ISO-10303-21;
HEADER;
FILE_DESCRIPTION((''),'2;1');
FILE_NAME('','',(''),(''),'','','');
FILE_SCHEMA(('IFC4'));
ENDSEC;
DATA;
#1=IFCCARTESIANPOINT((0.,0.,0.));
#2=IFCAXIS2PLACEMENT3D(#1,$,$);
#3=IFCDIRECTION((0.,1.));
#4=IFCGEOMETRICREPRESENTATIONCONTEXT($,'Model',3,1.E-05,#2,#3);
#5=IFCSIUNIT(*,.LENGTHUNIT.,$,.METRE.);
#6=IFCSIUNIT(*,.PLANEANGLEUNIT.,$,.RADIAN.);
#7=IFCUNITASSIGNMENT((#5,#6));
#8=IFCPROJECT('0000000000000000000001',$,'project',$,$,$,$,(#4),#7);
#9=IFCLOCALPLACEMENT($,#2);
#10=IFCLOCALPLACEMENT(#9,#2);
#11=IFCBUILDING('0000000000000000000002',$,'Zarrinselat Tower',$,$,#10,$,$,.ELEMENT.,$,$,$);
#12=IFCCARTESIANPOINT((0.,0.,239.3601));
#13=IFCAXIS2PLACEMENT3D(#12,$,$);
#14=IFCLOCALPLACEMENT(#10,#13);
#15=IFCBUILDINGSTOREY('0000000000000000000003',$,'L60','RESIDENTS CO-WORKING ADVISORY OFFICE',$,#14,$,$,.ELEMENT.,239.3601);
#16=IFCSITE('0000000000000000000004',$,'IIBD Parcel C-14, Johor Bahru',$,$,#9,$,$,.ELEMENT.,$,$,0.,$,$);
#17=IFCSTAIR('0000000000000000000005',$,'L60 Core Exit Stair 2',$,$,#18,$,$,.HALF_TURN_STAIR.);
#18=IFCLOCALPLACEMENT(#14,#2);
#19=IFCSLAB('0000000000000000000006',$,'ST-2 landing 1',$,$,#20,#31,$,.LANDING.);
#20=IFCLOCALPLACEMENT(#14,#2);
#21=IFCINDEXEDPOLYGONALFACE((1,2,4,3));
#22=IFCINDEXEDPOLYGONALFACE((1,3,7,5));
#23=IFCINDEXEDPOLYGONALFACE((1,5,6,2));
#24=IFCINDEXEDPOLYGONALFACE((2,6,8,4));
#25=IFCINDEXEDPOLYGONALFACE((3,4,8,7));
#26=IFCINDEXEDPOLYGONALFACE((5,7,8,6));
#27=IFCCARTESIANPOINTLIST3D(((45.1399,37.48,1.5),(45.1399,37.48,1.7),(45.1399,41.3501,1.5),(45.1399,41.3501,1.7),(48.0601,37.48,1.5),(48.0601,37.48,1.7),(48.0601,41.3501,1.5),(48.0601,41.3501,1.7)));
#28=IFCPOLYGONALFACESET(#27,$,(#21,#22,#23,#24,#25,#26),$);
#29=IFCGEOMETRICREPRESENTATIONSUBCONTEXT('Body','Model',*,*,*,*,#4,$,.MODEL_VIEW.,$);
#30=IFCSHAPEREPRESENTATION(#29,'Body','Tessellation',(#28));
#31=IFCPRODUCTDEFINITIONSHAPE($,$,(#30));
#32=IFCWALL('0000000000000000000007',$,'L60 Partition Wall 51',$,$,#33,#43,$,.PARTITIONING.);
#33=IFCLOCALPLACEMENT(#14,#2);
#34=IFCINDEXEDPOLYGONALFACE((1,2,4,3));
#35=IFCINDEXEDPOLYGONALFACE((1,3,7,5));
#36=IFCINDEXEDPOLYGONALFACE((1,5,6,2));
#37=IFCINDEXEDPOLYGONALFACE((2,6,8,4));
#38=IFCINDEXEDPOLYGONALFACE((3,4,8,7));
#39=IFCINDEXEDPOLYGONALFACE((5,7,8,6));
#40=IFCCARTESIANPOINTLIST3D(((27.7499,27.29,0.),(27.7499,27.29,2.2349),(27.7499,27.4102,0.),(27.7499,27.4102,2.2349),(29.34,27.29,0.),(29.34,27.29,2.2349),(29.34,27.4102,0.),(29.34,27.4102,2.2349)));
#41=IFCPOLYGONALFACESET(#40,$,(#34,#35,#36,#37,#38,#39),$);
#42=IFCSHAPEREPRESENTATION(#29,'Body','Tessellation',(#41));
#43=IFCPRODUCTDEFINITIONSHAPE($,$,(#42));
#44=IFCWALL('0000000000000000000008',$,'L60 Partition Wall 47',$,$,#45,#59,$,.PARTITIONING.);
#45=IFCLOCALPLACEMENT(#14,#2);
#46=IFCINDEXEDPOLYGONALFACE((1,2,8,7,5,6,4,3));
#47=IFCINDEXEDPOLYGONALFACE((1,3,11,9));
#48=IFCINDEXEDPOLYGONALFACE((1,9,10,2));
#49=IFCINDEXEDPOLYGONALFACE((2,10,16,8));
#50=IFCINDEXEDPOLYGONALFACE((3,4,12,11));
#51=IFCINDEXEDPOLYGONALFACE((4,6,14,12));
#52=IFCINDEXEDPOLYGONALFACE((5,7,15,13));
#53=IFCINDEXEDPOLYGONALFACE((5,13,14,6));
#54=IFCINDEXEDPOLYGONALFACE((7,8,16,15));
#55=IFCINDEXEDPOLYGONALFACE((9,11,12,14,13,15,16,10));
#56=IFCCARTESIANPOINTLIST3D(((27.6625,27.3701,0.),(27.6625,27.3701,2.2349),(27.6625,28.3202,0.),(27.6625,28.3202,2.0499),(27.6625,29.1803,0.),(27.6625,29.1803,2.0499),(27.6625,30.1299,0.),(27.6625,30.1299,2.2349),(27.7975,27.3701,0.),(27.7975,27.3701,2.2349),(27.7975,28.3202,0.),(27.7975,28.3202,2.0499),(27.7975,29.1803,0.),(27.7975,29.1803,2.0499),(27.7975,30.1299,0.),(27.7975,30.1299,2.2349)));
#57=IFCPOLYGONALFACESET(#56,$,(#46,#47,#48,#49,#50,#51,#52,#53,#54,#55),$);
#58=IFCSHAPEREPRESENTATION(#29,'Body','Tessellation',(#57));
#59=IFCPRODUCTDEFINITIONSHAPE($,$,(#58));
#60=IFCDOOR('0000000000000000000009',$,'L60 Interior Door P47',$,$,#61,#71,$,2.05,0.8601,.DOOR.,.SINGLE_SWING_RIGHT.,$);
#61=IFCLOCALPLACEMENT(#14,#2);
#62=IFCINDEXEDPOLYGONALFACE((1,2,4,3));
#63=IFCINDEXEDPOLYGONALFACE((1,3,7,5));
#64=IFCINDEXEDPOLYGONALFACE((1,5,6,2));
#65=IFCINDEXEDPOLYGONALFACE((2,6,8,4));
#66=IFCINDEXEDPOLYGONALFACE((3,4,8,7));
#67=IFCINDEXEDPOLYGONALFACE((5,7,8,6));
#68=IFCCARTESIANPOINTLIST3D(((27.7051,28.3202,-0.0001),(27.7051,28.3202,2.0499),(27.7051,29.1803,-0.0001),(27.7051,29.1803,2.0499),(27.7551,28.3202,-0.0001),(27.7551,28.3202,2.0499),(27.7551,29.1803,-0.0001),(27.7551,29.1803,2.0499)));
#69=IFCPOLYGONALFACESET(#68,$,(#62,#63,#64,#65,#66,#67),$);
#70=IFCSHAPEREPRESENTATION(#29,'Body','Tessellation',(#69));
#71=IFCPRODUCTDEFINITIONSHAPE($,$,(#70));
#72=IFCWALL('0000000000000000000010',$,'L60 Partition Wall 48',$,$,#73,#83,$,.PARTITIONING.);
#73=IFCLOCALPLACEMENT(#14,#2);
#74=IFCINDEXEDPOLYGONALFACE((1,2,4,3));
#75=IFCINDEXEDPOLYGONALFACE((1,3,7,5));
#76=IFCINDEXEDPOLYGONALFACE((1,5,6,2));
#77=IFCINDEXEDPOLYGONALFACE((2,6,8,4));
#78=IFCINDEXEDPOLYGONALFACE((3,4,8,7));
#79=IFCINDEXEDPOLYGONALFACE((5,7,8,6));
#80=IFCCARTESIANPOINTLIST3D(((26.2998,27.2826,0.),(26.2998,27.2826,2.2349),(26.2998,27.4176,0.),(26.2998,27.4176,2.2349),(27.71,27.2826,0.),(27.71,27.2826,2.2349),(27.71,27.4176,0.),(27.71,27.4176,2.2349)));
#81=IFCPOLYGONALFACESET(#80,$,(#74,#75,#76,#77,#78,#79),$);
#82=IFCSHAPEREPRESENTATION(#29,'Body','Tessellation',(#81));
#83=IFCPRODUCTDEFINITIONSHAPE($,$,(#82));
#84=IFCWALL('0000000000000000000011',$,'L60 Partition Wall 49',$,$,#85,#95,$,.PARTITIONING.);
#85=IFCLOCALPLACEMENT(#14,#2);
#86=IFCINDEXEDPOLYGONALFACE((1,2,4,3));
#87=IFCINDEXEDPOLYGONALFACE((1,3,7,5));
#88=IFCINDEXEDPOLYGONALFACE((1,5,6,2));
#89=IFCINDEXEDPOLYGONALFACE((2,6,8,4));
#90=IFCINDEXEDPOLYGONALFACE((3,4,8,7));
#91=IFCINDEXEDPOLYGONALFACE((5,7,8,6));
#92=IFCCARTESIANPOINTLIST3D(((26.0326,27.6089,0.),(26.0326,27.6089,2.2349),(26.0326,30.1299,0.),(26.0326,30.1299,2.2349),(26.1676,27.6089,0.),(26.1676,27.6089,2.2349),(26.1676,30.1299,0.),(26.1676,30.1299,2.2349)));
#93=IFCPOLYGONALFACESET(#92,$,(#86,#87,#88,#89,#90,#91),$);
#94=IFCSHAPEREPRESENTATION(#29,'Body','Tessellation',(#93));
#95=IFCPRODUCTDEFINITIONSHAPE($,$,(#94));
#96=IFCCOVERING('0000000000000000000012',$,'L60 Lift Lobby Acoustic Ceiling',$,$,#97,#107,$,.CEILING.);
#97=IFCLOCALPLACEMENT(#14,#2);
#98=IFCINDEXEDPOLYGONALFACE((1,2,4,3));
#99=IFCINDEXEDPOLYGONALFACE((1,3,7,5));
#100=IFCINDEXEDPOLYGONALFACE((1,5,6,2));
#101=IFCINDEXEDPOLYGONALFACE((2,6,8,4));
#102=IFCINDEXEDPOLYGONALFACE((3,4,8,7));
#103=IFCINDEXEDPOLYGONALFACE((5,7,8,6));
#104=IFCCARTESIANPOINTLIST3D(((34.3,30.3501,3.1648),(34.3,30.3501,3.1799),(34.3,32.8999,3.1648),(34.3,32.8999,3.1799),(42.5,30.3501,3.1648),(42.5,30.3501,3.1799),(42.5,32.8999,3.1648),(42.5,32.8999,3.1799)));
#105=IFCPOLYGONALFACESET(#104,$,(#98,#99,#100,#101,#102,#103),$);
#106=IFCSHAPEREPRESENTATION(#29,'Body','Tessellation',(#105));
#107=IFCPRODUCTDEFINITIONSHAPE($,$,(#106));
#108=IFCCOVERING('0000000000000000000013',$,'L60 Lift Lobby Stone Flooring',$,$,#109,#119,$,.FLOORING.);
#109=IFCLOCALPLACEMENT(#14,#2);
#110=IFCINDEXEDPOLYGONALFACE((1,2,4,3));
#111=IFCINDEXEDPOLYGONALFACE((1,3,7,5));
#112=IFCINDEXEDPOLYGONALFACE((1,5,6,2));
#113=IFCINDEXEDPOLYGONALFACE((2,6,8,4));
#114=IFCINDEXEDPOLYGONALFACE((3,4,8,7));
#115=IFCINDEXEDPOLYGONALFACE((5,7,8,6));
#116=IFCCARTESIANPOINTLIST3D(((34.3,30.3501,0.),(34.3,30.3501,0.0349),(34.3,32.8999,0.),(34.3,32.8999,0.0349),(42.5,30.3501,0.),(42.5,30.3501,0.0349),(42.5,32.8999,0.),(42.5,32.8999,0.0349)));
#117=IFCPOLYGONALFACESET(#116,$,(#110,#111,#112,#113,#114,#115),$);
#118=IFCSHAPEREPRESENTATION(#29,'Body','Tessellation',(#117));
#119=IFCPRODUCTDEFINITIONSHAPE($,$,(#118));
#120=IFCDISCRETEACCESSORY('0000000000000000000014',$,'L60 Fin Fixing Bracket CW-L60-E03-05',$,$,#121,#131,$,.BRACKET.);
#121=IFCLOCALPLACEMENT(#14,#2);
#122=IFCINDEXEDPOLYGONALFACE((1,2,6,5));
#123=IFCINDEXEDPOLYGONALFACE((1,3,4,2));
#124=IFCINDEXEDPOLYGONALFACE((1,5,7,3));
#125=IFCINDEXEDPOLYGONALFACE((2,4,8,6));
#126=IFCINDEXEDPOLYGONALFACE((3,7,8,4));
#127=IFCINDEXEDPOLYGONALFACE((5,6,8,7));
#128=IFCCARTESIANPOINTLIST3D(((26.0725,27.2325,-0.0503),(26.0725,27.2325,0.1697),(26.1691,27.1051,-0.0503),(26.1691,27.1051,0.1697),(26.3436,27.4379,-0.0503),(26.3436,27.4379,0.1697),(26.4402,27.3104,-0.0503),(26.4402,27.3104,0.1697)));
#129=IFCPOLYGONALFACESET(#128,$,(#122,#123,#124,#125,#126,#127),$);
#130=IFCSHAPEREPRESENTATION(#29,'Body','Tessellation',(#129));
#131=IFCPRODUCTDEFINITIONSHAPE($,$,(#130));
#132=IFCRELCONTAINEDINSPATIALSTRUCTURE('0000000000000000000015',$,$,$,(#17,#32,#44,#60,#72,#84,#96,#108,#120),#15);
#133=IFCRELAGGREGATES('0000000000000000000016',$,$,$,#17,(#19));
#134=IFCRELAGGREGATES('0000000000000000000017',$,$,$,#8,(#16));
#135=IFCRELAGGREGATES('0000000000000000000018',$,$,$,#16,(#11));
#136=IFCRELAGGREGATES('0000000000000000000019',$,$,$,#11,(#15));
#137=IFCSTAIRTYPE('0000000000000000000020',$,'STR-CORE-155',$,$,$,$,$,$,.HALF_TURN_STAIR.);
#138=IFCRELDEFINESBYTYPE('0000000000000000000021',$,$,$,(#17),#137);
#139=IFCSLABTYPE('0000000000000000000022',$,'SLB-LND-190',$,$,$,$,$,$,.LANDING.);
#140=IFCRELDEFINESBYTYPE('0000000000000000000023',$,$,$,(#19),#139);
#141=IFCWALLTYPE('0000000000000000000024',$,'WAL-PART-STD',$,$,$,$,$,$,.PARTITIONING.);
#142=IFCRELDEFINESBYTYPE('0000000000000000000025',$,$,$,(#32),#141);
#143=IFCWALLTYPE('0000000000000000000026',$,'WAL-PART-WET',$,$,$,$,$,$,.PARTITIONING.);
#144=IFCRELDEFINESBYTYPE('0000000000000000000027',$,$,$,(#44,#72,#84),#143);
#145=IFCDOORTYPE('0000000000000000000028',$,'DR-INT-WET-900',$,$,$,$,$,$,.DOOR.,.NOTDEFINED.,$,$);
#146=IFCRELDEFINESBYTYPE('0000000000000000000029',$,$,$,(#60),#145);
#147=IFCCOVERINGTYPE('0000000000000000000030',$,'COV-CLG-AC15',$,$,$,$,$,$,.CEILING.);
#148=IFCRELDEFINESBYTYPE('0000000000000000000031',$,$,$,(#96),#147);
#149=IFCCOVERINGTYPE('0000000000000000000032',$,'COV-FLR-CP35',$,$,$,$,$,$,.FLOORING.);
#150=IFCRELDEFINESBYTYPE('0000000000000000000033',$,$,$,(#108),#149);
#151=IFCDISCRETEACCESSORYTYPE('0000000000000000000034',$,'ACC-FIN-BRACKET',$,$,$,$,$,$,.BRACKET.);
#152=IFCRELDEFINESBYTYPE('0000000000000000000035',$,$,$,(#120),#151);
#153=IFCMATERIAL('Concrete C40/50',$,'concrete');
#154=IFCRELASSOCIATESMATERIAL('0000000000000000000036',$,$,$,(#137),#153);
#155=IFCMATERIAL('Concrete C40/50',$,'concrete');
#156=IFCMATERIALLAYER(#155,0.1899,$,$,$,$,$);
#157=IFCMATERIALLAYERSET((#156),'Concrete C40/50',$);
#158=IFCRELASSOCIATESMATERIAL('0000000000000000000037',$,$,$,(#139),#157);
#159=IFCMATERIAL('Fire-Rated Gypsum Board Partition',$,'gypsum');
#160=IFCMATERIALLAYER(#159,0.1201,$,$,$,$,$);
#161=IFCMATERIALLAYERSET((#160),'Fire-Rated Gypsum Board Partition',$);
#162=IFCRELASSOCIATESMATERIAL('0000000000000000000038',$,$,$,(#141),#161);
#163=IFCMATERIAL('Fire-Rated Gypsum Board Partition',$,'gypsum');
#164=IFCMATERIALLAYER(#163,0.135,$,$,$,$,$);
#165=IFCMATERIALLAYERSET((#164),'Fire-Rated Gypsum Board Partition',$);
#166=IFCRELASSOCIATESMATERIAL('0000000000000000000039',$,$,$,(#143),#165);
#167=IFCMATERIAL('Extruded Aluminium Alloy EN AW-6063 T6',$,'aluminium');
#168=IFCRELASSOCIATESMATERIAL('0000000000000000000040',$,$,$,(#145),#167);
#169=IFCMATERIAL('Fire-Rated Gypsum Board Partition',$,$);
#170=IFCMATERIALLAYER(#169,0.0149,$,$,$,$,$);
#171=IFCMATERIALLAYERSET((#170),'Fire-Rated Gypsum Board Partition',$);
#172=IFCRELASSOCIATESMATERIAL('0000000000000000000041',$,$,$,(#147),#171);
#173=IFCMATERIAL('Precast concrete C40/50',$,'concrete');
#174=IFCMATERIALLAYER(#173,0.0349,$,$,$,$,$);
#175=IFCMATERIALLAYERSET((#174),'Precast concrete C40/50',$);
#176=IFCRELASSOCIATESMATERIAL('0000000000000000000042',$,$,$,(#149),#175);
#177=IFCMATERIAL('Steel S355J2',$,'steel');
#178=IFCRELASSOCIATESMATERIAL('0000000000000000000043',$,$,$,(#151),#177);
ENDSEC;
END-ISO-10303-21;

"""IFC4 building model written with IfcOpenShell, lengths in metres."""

from ifc_helpers import new_model, si_unit, direction, frame, frame_2d, origin, origin_2d, place, context, subcontext, project, spatial, polyline, rectangle, outline, extrude, material, layer, layer_set, type_object, element, fill, aggregate, save


model = new_model("IFC4")

# Units and contexts
model_context = context("Model", 3, precision=1e-05, world=origin(), true_north=direction((0.0, 1.0)))
body_context = subcontext(model_context, "Body", "Model", "MODEL_VIEW")
ifc_project = project(units=[si_unit("LENGTHUNIT", "METRE"), si_unit("PLANEANGLEUNIT", "RADIAN")], contexts=[model_context])

# Site, building, storey
site_placement = place(None, origin())
site = spatial("IfcSite", under=ifc_project, at=site_placement, Name="IIBD Parcel C-14, Johor Bahru", CompositionType="ELEMENT", RefElevation=0.0)
building_placement = place(site_placement, origin())
building = spatial("IfcBuilding", under=site, at=building_placement, Name="Zarrinselat Tower", CompositionType="ELEMENT")
storey_placement = place(building_placement, frame((0.0, 0.0, 239.3601)))
storey = spatial("IfcBuildingStorey", under=building, at=storey_placement, Name="L60", Description="RESIDENTS CO-WORKING ADVISORY OFFICE", CompositionType="ELEMENT", Elevation=239.3601)

# Stair, slab
ifc_material_1 = material(Name="Concrete C40/50", Category="concrete")
stair_type = type_object("IfcStairType", Name="STR-CORE-155", PredefinedType="HALF_TURN_STAIR", material=ifc_material_1)
ifc_material_2 = material(Name="Concrete C40/50", Category="concrete")
ifc_layer_1 = layer(ifc_material_2, 0.1899)
ifc_layer_set_1 = layer_set([ifc_layer_1], Name="Concrete C40/50")
slab_type_1 = type_object("IfcSlabType", Name="SLB-LND-190", PredefinedType="LANDING", material=ifc_layer_set_1)
stair_1_placement = place(storey_placement, origin())
stair_1 = element("IfcStair", 1, at=stair_1_placement, inside=storey, type_object=stair_type, Name="L60 Core Exit Stair 2", PredefinedType="HALF_TURN_STAIR")
slab_1_placement = place(storey_placement, frame((0.0, 0.0, 1.5)))
slab_1 = element("IfcSlab", 2, at=slab_1_placement, type_object=slab_type_1, Name="ST-2 landing 1", PredefinedType="LANDING", context=body_context, shape_type="SweptSolid", body=[
    extrude(outline(polyline([(48.0601, 37.48), (48.0601, 41.3501), (45.1399, 41.3501), (45.1399, 37.48), (48.0601, 37.48)])), origin(), (0.0, 0.0, 1.0), 0.2),
])
aggregate(stair_1, [slab_1])

# Wall
ifc_material_3 = material(Name="Fire-Rated Gypsum Board Partition", Category="gypsum")
ifc_layer_2 = layer(ifc_material_3, 0.1201)
ifc_layer_set_2 = layer_set([ifc_layer_2], Name="Fire-Rated Gypsum Board Partition")
wall_type_1 = type_object("IfcWallType", Name="WAL-PART-STD", PredefinedType="PARTITIONING", material=ifc_layer_set_2)
wall_1_placement = place(storey_placement, frame((27.75, 27.3501, 0.0), z_axis=(0.0, 0.0, 1.0), x_axis=(1.0, 0.0, 0.0)))
element("IfcWall", 3, at=wall_1_placement, inside=storey, type_object=wall_type_1, Name="L60 Partition Wall 51", PredefinedType="PARTITIONING", context=body_context, shape_type="SweptSolid", body=[
    extrude(rectangle(XDim=1.5901, YDim=0.1201, at=frame_2d((0.7949, 0.0))), origin(), (0.0, 0.0, 1.0), 2.2349),
])

# Wall, opening, door
ifc_material_4 = material(Name="Fire-Rated Gypsum Board Partition", Category="gypsum")
ifc_layer_3 = layer(ifc_material_4, 0.135)
ifc_layer_set_3 = layer_set([ifc_layer_3], Name="Fire-Rated Gypsum Board Partition")
wall_type_2 = type_object("IfcWallType", Name="WAL-PART-WET", PredefinedType="PARTITIONING", material=ifc_layer_set_3)
wall_2_placement = place(storey_placement, frame((27.73, 27.3701, 0.0), z_axis=(0.0, 0.0, 1.0), x_axis=(0.0, 1.0, 0.0)))
wall_2 = element("IfcWall", 4, at=wall_2_placement, inside=storey, type_object=wall_type_2, Name="L60 Partition Wall 47", PredefinedType="PARTITIONING", context=body_context, shape_type="SweptSolid", body=[
    extrude(rectangle(XDim=2.7598, YDim=0.135, at=frame_2d((1.3799, 0.0))), origin(), (0.0, 0.0, 1.0), 2.2349),
])
opening_placement = place(wall_2_placement, frame((0.95, 0.0, 0.0)))
opening = element("IfcOpeningElement", 5, at=opening_placement, cuts=wall_2, PredefinedType="OPENING", context=body_context, shape_type="SweptSolid", body=[
    extrude(rectangle(XDim=0.8601, YDim=2.05, at=frame_2d((0.4302, 1.0249))), frame((0.0, 0.0774, 0.0), z_axis=(0.0, -1.0, 0.0), x_axis=(1.0, 0.0, 0.0)), (0.0, 0.0, 1.0), 0.155),
])
ifc_material_5 = material(Name="Extruded Aluminium Alloy EN AW-6063 T6", Category="aluminium")
door_type = type_object("IfcDoorType", Name="DR-INT-WET-900", OperationType="NOTDEFINED", PredefinedType="DOOR", material=ifc_material_5)
door_placement = place(opening_placement, origin())
door = element("IfcDoor", 6, at=door_placement, inside=storey, type_object=door_type, Name="L60 Interior Door P47", OperationType="SINGLE_SWING_RIGHT", OverallHeight=2.05, OverallWidth=0.8601, PredefinedType="DOOR", context=body_context, shape_type="SweptSolid", body=[
    extrude(rectangle(XDim=0.8601, YDim=2.05, at=frame_2d((0.4302, 1.0249))), frame((0.0, 0.0249, 0.0), z_axis=(0.0, -1.0, 0.0), x_axis=(1.0, 0.0, 0.0)), (0.0, 0.0, 1.0), 0.05),
])
fill(opening, door)

# Walls
wall_3_placement = place(storey_placement, frame((26.2998, 27.3501, 0.0), z_axis=(0.0, 0.0, 1.0), x_axis=(1.0, 0.0, 0.0)))
element("IfcWall", 7, at=wall_3_placement, inside=storey, type_object=wall_type_2, Name="L60 Partition Wall 48", PredefinedType="PARTITIONING", context=body_context, shape_type="SweptSolid", body=[
    extrude(rectangle(XDim=1.4102, YDim=0.135, at=frame_2d((0.7051, 0.0))), origin(), (0.0, 0.0, 1.0), 2.2349),
])
wall_4_placement = place(storey_placement, frame((26.1001, 27.6089, 0.0), z_axis=(0.0, 0.0, 1.0), x_axis=(0.0, 1.0, 0.0)))
element("IfcWall", 8, at=wall_4_placement, inside=storey, type_object=wall_type_2, Name="L60 Partition Wall 49", PredefinedType="PARTITIONING", context=body_context, shape_type="SweptSolid", body=[
    extrude(rectangle(XDim=2.521, YDim=0.135, at=frame_2d((1.2605, 0.0))), origin(), (0.0, 0.0, 1.0), 2.2349),
])

# Coverings
ifc_material_6 = material(Name="Fire-Rated Gypsum Board Partition")
ifc_layer_4 = layer(ifc_material_6, 0.0149)
ifc_layer_set_4 = layer_set([ifc_layer_4], Name="Fire-Rated Gypsum Board Partition")
covering_type_1 = type_object("IfcCoveringType", Name="COV-CLG-AC15", PredefinedType="CEILING", material=ifc_layer_set_4)
covering_1_placement = place(storey_placement, frame((0.0, 0.0, 3.1648)))
element("IfcCovering", 9, at=covering_1_placement, inside=storey, type_object=covering_type_1, Name="L60 Lift Lobby Acoustic Ceiling", PredefinedType="CEILING", context=body_context, shape_type="SweptSolid", body=[
    extrude(outline(polyline([(34.3, 30.3501), (42.5, 30.3501), (42.5, 32.8999), (34.3, 32.8999), (34.3, 30.3501)])), origin(), (0.0, 0.0, 1.0), 0.0151),
])
ifc_material_7 = material(Name="Precast concrete C40/50", Category="concrete")
ifc_layer_5 = layer(ifc_material_7, 0.0349)
ifc_layer_set_5 = layer_set([ifc_layer_5], Name="Precast concrete C40/50")
covering_type_2 = type_object("IfcCoveringType", Name="COV-FLR-CP35", PredefinedType="FLOORING", material=ifc_layer_set_5)
covering_2_placement = place(storey_placement, origin())
element("IfcCovering", 10, at=covering_2_placement, inside=storey, type_object=covering_type_2, Name="L60 Lift Lobby Stone Flooring", PredefinedType="FLOORING", context=body_context, shape_type="SweptSolid", body=[
    extrude(outline(polyline([(34.3, 30.3501), (42.5, 30.3501), (42.5, 32.8999), (34.3, 32.8999), (34.3, 30.3501)])), origin(), (0.0, 0.0, 1.0), 0.0349),
])

# Discrete accessory
ifc_material_8 = material(Name="Steel S355J2", Category="steel")
discrete_accessory_type = type_object("IfcDiscreteAccessoryType", Name="ACC-FIN-BRACKET", PredefinedType="BRACKET", material=ifc_material_8)
discrete_accessory_placement = place(storey_placement, frame((26.2563, 27.2715, -0.0503), z_axis=(0.0, 0.0, 1.0), x_axis=(-0.797092, -0.603858, 0.0)))
element("IfcDiscreteAccessory", 11, at=discrete_accessory_placement, inside=storey, type_object=discrete_accessory_type, Name="L60 Fin Fixing Bracket CW-L60-E03-05", PredefinedType="BRACKET", context=body_context, shape_type="SweptSolid", body=[
    extrude(rectangle(XDim=0.3401, YDim=0.1599, at=origin_2d()), origin(), (0.0, 0.0, 1.0), 0.22),
])

save(model, "model.ifc")
